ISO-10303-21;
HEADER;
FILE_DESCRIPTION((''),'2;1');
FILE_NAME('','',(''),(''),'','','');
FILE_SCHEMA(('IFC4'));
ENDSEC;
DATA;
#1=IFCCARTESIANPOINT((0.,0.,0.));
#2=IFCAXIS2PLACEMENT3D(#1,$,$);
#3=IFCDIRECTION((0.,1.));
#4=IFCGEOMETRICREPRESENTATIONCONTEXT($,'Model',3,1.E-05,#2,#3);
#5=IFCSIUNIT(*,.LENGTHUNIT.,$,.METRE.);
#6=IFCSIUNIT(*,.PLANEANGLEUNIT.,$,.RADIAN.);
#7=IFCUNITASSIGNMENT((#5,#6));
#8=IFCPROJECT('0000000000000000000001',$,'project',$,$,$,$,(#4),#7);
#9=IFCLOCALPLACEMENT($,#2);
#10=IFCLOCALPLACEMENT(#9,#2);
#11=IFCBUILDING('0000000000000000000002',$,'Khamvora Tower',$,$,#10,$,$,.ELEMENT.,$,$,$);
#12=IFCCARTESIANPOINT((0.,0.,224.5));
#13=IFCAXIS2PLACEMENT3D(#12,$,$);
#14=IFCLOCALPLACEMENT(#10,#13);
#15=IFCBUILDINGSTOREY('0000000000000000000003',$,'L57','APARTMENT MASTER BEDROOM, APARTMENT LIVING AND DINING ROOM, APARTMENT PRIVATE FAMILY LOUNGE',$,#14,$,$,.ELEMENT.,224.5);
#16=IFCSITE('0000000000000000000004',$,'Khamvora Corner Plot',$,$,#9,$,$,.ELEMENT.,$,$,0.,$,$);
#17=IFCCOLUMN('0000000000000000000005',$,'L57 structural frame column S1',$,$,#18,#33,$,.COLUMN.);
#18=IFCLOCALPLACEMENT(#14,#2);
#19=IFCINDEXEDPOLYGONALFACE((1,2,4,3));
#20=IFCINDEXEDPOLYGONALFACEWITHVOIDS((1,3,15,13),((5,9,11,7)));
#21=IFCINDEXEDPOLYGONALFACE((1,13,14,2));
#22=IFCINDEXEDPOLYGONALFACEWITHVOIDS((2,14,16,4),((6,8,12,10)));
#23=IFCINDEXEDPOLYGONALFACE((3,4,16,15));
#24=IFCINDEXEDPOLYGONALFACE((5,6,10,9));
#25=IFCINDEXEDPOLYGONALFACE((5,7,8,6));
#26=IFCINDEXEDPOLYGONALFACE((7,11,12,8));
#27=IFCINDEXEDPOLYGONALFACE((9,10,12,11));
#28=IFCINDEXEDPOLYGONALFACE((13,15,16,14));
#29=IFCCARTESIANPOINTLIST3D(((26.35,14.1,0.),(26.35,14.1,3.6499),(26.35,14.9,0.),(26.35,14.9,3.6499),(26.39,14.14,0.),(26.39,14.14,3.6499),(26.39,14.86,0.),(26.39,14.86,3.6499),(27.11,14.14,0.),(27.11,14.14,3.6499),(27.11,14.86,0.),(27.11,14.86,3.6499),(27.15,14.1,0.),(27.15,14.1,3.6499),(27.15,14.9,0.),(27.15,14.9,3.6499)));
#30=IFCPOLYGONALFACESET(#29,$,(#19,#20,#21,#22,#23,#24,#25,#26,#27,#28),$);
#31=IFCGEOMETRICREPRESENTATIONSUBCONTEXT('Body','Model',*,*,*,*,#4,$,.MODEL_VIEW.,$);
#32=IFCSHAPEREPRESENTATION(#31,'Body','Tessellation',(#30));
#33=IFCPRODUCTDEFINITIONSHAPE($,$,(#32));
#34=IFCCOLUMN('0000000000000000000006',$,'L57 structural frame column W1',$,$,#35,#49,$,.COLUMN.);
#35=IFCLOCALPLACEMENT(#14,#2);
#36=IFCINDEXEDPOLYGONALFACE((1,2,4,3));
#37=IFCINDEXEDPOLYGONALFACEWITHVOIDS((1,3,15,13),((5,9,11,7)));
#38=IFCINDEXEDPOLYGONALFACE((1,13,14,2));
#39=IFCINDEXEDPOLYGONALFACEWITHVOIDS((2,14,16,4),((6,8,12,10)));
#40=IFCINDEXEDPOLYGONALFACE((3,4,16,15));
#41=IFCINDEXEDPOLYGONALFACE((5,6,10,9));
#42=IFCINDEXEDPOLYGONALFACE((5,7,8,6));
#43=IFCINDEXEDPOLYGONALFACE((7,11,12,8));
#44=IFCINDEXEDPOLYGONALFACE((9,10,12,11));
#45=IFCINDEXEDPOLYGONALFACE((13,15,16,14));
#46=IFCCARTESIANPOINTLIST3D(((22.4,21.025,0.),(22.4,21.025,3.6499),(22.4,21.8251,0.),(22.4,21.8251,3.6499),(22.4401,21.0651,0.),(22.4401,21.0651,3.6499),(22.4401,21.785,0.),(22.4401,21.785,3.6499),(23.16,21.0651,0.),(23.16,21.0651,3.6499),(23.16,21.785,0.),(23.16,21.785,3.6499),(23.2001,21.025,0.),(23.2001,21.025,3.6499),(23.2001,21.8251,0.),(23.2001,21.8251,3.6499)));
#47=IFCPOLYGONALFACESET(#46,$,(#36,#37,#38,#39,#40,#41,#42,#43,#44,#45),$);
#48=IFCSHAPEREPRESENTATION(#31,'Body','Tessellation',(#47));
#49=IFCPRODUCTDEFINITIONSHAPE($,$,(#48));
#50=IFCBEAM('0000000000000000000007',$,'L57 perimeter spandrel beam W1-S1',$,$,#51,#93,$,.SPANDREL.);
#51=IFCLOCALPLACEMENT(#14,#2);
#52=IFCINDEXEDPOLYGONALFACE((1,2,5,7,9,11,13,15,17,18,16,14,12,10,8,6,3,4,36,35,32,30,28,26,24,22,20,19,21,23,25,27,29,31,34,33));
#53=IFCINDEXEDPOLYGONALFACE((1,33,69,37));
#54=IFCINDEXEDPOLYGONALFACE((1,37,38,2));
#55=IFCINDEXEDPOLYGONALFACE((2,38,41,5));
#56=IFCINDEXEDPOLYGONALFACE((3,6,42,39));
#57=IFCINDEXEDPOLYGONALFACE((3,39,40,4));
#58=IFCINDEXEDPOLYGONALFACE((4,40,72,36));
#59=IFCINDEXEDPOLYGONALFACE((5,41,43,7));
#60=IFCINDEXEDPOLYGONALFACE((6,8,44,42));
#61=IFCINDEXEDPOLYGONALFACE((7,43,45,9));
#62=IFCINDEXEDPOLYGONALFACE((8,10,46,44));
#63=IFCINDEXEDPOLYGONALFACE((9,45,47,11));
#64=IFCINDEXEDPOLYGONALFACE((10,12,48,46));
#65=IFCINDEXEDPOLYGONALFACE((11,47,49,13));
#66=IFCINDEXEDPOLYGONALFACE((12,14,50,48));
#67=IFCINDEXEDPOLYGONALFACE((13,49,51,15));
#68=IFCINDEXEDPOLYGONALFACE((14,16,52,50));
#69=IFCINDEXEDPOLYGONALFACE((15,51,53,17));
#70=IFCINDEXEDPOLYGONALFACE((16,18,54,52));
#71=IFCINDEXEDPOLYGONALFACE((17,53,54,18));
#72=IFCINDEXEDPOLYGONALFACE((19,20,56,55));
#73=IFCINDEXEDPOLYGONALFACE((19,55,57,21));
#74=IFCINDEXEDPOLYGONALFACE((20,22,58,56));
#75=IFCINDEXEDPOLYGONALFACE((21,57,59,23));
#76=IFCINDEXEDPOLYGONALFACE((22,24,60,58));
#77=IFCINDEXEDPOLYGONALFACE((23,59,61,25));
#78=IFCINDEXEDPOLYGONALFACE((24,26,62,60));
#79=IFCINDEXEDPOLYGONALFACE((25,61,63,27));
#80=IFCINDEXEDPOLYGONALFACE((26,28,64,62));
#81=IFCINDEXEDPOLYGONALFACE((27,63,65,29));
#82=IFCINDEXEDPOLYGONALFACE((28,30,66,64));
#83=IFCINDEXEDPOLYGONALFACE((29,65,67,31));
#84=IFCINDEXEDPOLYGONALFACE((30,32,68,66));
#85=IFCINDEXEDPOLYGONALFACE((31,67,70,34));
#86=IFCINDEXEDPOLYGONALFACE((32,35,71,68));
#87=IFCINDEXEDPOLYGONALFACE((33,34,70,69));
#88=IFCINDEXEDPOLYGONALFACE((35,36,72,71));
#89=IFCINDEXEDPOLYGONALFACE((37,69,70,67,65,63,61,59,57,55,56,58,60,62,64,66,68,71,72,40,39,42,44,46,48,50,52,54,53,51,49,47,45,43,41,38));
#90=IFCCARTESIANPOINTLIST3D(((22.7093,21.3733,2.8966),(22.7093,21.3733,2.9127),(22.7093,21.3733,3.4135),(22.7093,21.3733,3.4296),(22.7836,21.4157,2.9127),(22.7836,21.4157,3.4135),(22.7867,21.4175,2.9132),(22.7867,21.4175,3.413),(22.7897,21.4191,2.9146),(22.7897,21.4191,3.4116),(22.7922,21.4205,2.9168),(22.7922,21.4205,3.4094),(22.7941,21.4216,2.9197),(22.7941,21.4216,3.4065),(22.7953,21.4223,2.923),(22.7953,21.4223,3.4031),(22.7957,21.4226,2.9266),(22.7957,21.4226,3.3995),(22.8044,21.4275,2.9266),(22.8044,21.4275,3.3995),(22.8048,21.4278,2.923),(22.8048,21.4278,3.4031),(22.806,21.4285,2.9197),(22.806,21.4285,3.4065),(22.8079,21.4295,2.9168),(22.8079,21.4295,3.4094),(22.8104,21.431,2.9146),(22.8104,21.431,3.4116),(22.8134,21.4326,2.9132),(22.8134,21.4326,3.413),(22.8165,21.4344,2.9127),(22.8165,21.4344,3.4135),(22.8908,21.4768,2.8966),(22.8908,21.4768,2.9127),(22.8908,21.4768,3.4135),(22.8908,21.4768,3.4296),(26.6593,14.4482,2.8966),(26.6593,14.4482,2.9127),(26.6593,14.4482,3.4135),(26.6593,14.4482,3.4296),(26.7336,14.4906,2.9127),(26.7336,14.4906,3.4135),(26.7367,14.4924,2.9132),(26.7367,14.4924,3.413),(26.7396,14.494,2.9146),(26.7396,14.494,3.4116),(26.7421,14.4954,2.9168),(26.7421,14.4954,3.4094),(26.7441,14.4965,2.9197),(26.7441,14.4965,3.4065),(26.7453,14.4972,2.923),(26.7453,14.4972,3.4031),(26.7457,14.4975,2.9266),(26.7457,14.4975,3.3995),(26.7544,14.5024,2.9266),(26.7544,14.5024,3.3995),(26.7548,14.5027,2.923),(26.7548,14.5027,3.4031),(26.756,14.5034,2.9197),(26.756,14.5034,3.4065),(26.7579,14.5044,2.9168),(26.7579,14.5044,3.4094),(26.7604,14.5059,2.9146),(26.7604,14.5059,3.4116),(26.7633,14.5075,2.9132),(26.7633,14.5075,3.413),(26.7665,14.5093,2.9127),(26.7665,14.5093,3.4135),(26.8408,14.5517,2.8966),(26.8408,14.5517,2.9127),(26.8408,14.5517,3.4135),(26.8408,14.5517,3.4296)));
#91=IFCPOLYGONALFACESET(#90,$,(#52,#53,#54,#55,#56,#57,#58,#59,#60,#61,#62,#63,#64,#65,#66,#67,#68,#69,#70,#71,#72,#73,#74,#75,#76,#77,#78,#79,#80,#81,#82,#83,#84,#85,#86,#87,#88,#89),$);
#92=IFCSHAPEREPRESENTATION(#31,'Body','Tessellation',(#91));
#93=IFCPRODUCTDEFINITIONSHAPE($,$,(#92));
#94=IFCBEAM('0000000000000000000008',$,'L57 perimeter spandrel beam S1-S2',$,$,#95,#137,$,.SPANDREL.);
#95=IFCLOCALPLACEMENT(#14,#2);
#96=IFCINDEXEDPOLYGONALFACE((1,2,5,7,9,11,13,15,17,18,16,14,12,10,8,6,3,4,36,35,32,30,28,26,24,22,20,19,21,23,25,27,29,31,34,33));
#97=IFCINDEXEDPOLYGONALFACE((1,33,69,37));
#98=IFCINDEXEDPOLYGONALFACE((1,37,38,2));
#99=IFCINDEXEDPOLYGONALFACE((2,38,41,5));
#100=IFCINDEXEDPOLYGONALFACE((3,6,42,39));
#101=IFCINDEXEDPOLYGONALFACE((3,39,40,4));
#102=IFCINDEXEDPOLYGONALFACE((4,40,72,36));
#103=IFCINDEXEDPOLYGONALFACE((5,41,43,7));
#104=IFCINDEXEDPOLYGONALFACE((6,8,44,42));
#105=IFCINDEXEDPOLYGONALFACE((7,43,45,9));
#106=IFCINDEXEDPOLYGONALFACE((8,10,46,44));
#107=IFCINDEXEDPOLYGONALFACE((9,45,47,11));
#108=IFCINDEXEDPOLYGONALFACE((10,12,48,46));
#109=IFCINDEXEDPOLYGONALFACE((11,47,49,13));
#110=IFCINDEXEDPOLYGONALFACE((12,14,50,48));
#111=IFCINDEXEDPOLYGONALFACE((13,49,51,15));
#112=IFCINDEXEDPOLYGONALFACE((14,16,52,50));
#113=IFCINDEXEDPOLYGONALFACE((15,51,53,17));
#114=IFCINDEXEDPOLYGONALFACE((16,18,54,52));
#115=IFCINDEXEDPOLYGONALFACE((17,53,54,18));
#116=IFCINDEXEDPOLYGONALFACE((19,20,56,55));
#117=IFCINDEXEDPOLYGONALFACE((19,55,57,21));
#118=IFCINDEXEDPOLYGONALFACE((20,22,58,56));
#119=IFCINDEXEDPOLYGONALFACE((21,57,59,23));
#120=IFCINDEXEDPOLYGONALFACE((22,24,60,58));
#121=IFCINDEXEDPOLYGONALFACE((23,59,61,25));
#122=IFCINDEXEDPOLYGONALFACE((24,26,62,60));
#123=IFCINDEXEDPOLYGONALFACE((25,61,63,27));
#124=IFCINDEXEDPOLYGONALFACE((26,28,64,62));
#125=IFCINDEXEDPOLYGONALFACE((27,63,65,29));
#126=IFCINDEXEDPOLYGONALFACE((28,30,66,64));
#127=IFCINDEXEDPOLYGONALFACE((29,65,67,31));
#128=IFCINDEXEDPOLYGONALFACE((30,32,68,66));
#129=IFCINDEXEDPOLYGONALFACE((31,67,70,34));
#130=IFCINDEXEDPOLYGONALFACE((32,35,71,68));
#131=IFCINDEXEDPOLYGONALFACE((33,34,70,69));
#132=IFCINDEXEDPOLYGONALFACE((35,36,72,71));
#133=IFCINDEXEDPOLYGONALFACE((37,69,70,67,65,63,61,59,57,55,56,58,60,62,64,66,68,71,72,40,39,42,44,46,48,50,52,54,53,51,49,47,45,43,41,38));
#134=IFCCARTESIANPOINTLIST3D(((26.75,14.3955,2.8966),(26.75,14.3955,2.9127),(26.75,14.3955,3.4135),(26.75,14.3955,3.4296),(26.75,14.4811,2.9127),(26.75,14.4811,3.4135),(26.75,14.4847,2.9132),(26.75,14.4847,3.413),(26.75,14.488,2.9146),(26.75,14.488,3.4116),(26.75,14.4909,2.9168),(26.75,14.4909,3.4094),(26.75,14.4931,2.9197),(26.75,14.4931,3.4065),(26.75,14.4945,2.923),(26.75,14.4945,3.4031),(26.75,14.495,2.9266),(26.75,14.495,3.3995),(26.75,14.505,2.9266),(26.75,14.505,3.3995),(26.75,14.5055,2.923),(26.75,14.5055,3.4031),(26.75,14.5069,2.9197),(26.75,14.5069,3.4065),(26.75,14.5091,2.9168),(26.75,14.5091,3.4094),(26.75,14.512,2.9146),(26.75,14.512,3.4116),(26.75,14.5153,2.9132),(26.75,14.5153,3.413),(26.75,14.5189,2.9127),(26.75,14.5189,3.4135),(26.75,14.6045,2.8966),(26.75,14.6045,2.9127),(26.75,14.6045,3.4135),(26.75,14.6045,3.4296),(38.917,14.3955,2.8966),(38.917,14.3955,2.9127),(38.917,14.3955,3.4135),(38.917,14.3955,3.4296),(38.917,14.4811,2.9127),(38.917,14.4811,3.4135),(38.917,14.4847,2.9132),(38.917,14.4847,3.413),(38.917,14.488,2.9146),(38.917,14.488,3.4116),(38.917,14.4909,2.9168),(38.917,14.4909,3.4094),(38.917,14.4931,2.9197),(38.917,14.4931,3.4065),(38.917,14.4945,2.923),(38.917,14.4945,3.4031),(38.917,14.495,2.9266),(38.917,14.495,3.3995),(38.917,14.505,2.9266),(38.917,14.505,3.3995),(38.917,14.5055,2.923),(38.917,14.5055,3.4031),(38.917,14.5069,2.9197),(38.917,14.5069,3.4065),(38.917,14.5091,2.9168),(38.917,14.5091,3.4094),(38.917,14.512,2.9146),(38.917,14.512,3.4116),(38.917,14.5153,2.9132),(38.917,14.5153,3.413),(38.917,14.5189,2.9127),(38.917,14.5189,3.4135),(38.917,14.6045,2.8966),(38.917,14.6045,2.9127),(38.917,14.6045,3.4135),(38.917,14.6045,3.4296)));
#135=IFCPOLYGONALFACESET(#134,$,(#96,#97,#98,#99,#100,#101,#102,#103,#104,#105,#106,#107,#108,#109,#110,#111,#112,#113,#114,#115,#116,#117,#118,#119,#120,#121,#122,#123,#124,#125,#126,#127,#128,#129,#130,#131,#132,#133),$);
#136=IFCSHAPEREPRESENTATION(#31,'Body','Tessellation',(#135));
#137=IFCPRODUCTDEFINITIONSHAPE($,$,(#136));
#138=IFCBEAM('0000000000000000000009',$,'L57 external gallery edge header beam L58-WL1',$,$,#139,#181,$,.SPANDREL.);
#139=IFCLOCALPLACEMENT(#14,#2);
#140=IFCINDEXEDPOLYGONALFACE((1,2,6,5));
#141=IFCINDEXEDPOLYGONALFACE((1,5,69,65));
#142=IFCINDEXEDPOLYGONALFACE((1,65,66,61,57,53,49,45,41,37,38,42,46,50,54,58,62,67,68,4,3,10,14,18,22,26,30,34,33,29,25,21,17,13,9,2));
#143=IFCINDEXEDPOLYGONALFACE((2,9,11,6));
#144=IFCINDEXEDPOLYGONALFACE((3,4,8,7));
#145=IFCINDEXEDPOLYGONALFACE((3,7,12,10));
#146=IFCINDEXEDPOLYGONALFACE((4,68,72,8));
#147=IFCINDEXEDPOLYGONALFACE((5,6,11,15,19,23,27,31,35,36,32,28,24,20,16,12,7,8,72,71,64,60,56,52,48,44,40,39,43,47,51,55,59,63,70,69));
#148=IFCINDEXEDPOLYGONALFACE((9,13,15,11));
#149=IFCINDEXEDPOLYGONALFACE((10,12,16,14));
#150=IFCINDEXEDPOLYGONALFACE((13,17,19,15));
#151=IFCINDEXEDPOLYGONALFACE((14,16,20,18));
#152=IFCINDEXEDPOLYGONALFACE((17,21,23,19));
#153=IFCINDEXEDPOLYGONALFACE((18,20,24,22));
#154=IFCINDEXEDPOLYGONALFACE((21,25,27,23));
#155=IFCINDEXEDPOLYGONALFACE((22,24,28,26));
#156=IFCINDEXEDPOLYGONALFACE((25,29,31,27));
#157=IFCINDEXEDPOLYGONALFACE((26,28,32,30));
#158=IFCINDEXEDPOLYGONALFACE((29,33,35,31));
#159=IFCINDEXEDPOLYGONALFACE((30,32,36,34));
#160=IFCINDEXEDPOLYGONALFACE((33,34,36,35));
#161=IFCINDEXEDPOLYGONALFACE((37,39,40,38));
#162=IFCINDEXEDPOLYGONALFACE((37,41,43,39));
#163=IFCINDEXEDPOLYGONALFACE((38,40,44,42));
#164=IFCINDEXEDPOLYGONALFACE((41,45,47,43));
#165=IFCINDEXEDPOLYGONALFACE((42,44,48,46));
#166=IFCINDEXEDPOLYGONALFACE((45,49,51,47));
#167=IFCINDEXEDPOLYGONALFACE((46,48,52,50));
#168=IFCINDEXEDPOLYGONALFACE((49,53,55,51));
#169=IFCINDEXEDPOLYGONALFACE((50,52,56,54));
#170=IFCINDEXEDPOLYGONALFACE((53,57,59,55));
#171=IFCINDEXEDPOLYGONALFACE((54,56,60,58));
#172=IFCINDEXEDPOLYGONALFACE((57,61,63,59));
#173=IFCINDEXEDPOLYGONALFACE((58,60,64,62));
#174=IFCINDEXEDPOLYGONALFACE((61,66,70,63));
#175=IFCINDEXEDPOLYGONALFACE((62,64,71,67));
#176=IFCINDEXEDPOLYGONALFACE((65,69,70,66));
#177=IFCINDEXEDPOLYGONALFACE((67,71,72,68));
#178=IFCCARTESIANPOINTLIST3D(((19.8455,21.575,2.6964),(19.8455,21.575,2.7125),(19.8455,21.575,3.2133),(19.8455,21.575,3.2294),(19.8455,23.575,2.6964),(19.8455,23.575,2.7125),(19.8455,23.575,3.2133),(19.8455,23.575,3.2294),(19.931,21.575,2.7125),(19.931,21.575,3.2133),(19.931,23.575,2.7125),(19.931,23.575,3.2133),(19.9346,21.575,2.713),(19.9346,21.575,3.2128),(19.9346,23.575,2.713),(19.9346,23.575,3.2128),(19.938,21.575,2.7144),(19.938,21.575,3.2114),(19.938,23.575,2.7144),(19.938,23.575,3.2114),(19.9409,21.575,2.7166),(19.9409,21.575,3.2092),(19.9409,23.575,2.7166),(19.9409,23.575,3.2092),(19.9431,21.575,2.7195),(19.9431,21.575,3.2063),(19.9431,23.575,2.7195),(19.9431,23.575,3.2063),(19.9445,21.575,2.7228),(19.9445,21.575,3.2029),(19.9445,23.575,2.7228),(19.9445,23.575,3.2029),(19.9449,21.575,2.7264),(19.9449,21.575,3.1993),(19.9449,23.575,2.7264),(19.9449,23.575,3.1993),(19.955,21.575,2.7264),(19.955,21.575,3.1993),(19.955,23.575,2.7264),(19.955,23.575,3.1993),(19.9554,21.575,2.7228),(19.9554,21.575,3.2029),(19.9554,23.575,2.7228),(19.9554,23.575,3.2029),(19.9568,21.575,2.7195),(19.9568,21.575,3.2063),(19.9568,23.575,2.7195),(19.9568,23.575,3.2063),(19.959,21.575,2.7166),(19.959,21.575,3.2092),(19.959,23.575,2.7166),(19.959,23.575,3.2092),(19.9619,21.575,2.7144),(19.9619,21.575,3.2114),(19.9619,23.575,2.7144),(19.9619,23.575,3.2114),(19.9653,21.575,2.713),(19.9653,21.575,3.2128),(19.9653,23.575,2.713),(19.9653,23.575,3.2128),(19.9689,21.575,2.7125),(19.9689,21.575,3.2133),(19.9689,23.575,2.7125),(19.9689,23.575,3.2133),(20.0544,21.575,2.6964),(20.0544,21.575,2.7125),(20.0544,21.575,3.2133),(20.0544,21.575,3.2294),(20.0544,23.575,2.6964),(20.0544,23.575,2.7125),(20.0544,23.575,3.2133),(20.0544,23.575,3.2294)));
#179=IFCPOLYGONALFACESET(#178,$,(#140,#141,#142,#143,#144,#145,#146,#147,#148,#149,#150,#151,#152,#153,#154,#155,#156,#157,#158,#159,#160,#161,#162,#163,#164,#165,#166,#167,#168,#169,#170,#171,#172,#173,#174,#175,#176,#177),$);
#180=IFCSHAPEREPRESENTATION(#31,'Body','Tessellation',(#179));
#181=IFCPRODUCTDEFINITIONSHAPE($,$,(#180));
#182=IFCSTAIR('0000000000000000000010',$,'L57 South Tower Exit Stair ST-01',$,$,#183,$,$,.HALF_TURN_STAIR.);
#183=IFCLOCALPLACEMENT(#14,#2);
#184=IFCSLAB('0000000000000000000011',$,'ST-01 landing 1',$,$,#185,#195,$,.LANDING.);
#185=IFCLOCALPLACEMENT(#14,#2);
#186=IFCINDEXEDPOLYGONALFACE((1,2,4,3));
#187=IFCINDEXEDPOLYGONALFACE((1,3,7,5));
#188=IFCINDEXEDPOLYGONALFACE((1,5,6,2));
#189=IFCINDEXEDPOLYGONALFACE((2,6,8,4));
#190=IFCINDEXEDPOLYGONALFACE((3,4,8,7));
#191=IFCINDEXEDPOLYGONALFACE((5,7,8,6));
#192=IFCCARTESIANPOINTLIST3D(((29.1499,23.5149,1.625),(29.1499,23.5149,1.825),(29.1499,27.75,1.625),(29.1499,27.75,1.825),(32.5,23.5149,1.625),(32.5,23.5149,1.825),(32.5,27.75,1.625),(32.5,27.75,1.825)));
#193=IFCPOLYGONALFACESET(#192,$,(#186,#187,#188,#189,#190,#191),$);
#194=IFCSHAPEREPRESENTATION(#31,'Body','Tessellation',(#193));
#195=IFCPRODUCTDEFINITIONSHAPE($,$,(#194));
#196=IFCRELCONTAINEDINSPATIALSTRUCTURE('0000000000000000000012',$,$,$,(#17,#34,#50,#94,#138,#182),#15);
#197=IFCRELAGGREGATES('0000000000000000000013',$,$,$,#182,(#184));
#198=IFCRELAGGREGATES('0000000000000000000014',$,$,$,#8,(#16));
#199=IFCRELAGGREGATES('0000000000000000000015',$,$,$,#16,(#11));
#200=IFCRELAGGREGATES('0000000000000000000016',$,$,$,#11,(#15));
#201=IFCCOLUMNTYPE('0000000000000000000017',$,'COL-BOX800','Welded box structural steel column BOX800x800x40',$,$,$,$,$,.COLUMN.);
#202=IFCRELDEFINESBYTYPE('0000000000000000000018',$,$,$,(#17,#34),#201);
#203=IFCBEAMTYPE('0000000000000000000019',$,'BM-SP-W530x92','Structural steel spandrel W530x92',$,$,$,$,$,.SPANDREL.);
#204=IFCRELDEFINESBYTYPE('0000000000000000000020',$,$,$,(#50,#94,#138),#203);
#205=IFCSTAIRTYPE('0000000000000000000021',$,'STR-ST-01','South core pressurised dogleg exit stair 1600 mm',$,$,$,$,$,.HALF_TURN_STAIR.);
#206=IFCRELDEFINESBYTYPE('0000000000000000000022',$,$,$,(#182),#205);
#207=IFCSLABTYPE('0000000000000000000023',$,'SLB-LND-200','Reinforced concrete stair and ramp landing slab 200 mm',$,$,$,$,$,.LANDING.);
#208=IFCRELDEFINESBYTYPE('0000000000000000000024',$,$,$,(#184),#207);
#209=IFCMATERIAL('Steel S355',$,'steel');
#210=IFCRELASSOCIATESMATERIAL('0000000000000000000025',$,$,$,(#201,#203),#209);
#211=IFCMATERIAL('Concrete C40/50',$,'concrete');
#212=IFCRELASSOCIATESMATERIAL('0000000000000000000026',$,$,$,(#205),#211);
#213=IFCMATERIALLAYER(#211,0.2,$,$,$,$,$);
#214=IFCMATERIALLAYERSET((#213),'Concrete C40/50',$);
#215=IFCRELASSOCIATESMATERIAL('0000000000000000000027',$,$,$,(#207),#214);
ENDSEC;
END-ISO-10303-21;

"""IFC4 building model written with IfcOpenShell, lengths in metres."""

from ifc_helpers import new_model, si_unit, direction, frame, origin, origin_2d, place, context, subcontext, project, spatial, polyline, hollow_rectangle, i_section, outline, extrude, material, layer, layer_set, material_profile, profile_set, type_object, element, aggregate, save


model = new_model("IFC4")

# Units and contexts
model_context = context("Model", 3, precision=1e-05, world=origin(), true_north=direction((0.0, 1.0)))
body_context = subcontext(model_context, "Body", "Model", "MODEL_VIEW")
ifc_project = project(units=[si_unit("LENGTHUNIT", "METRE"), si_unit("PLANEANGLEUNIT", "RADIAN")], contexts=[model_context])

# Site, building, storey
site_placement = place(None, origin())
site = spatial("IfcSite", under=ifc_project, at=site_placement, Name="Khamvora Corner Plot", CompositionType="ELEMENT", RefElevation=0.0)
building_placement = place(site_placement, origin())
building = spatial("IfcBuilding", under=site, at=building_placement, Name="Khamvora Tower", CompositionType="ELEMENT")
storey_placement = place(building_placement, frame((0.0, 0.0, 224.5)))
storey = spatial("IfcBuildingStorey", under=building, at=storey_placement, Name="L57", Description="APARTMENT MASTER BEDROOM, APARTMENT LIVING AND DINING ROOM, APARTMENT PRIVATE FAMILY LOUNGE", CompositionType="ELEMENT", Elevation=224.5)

# Columns
ifc_material_1 = material(Name="Steel S355", Category="steel")
ifc_material_profile_1 = material_profile(ifc_material_1, hollow_rectangle(XDim=0.8, YDim=0.8, WallThickness=0.04, at=origin_2d()), Name="BOX800x800x40")
ifc_profile_set_1 = profile_set([ifc_material_profile_1], Name="Steel S355")
column_type = type_object("IfcColumnType", Name="COL-BOX800", Description="Welded box structural steel column BOX800x800x40", PredefinedType="COLUMN", material=ifc_profile_set_1)
for number, where, z_axis, x_axis, name in (
    (1, (26.75, 14.5, 0.0), (0.0, 0.0, 1.0), (1.0, 0.0, 0.0), "L57 structural frame column S1"),
    (2, (22.8, 21.425, 0.0), (0.0, 0.0, 1.0), (1.0, 0.0, 0.0), "L57 structural frame column W1"),
):
    element("IfcColumn", number, at=place(storey_placement, frame(where, z_axis=z_axis, x_axis=x_axis)), inside=storey, type_object=column_type, Name=name, PredefinedType="COLUMN", context=body_context, shape_type="SweptSolid", body=[
        extrude(hollow_rectangle(XDim=0.8, YDim=0.8, WallThickness=0.04, at=origin_2d()), origin(), (0.0, 0.0, 1.0), 3.6499),
    ])

# Beams
ifc_material_profile_2 = material_profile(ifc_material_1, i_section(OverallWidth=0.209, OverallDepth=0.533, WebThickness=0.01, FlangeThickness=0.0161, FilletRadius=0.0139, at=origin_2d()), Name="W530x92")
ifc_profile_set_2 = profile_set([ifc_material_profile_2], Name="Steel S355")
beam_type = type_object("IfcBeamType", Name="BM-SP-W530x92", Description="Structural steel spandrel W530x92", PredefinedType="SPANDREL", material=ifc_profile_set_2)
beam_1_placement = place(storey_placement, frame((22.8, 21.425, 3.1631), z_axis=(0.495456, -0.868633, 0.0), x_axis=(0.868633, 0.495456, 0.0)))
element("IfcBeam", 3, at=beam_1_placement, inside=storey, type_object=beam_type, Name="L57 perimeter spandrel beam W1-S1", PredefinedType="SPANDREL", context=body_context, shape_type="SweptSolid", body=[
    extrude(i_section(OverallWidth=0.209, OverallDepth=0.533, WebThickness=0.01, FlangeThickness=0.0161, FilletRadius=0.0139, at=origin_2d()), origin(), (0.0, 0.0, 1.0), 7.9724),
])
beam_2_placement = place(storey_placement, frame((26.75, 14.5, 3.1631), z_axis=(1.0, 0.0, 0.0), x_axis=(0.0, 1.0, 0.0)))
element("IfcBeam", 4, at=beam_2_placement, inside=storey, type_object=beam_type, Name="L57 perimeter spandrel beam S1-S2", PredefinedType="SPANDREL", context=body_context, shape_type="SweptSolid", body=[
    extrude(i_section(OverallWidth=0.209, OverallDepth=0.533, WebThickness=0.01, FlangeThickness=0.0161, FilletRadius=0.0139, at=origin_2d()), origin(), (0.0, 0.0, 1.0), 12.167),
])
beam_3_placement = place(storey_placement, frame((19.95, 21.575, 2.9629), z_axis=(0.0, 1.0, 0.0), x_axis=(-1.0, 0.0, 0.0)))
element("IfcBeam", 5, at=beam_3_placement, inside=storey, type_object=beam_type, Name="L57 external gallery edge header beam L58-WL1", PredefinedType="SPANDREL", context=body_context, shape_type="SweptSolid", body=[
    extrude(i_section(OverallWidth=0.209, OverallDepth=0.533, WebThickness=0.01, FlangeThickness=0.0161, FilletRadius=0.0139, at=origin_2d()), origin(), (0.0, 0.0, 1.0), 2.0),
])

# Stair, slab
ifc_material_2 = material(Name="Concrete C40/50", Category="concrete")
stair_type_1 = type_object("IfcStairType", Name="STR-ST-01", Description="South core pressurised dogleg exit stair 1600 mm", PredefinedType="HALF_TURN_STAIR", material=ifc_material_2)
stair_1_placement = place(storey_placement, origin())
stair_1 = element("IfcStair", 6, at=stair_1_placement, inside=storey, type_object=stair_type_1, Name="L57 South Tower Exit Stair ST-01", PredefinedType="HALF_TURN_STAIR")
ifc_layer_1 = layer(ifc_material_2, 0.2)
ifc_layer_set_1 = layer_set([ifc_layer_1], Name="Concrete C40/50")
slab_type_1 = type_object("IfcSlabType", Name="SLB-LND-200", Description="Reinforced concrete stair and ramp landing slab 200 mm", PredefinedType="LANDING", material=ifc_layer_set_1)
slab_1_placement = place(storey_placement, frame((0.0, 0.0, 1.625)))
slab_1 = element("IfcSlab", 7, at=slab_1_placement, type_object=slab_type_1, Name="ST-01 landing 1", PredefinedType="LANDING", context=body_context, shape_type="SweptSolid", body=[
    extrude(outline(polyline([(32.5, 23.5149), (32.5, 27.75), (29.1499, 27.75), (29.1499, 23.5149), (32.5, 23.5149)])), origin(), (0.0, 0.0, 1.0), 0.2),
])
aggregate(stair_1, [slab_1])

save(model, "model.ifc")
